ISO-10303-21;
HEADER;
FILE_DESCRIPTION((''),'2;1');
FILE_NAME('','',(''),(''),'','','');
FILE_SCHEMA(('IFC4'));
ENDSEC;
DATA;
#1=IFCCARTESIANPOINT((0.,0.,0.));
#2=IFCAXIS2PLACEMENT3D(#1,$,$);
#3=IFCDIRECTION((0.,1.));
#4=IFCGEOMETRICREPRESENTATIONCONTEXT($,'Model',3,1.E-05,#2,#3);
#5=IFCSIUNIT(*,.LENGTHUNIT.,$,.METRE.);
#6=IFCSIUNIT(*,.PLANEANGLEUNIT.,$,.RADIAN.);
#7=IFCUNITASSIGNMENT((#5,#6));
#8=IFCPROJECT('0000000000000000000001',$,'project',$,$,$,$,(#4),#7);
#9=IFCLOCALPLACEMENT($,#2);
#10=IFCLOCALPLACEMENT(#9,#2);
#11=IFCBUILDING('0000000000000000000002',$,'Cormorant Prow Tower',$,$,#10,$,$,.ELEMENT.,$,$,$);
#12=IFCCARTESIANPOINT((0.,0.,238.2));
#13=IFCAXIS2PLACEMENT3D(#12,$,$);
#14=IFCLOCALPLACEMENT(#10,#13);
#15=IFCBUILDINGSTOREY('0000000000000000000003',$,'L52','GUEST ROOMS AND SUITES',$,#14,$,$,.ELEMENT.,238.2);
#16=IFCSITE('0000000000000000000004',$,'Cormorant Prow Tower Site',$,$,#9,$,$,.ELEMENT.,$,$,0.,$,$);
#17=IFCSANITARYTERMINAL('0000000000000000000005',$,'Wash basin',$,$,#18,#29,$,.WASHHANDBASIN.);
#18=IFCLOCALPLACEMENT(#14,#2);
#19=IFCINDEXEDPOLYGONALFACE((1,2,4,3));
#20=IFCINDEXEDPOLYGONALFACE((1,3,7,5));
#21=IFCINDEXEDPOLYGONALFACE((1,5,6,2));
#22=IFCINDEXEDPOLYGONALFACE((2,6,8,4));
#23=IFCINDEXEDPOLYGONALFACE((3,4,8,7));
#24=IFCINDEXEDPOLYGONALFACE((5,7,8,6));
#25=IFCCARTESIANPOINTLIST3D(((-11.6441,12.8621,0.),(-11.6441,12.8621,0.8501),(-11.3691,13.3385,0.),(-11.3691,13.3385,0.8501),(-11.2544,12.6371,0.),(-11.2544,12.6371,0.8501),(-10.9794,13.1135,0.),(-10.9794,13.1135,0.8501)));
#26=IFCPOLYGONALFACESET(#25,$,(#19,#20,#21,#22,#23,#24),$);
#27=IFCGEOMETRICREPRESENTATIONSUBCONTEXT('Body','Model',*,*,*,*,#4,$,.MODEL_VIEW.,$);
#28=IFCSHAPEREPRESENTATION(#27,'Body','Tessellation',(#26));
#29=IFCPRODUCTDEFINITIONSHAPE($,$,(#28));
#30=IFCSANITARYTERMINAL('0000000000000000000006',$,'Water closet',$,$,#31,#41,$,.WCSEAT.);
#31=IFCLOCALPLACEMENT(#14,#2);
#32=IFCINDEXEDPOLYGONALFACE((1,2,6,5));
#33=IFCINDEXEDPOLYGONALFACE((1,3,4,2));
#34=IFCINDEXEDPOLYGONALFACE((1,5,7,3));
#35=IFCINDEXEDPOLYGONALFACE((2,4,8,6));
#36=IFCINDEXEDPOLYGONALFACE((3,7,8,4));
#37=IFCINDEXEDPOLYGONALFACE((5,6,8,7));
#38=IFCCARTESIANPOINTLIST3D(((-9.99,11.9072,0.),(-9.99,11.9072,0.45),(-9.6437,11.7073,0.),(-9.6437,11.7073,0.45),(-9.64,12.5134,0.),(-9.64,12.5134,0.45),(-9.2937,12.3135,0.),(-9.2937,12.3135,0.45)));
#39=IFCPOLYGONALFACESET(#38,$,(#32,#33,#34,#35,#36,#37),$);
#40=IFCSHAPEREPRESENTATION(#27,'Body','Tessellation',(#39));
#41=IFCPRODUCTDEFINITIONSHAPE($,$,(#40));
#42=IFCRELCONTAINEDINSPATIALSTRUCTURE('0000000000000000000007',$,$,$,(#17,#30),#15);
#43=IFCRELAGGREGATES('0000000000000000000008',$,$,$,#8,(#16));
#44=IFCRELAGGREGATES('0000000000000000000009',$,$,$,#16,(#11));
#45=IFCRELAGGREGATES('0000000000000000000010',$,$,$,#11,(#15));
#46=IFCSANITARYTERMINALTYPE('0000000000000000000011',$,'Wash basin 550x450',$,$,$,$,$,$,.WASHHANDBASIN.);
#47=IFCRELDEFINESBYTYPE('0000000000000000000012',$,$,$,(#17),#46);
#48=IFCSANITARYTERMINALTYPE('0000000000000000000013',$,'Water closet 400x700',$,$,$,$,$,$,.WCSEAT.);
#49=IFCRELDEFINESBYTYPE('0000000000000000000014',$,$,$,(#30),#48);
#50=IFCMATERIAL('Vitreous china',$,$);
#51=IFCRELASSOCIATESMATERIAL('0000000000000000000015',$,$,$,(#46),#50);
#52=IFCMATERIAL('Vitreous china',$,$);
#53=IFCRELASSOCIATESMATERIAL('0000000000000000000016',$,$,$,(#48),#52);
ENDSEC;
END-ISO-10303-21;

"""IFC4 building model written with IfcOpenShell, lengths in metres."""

from ifc_helpers import new_model, si_unit, direction, frame, origin, origin_2d, place, context, subcontext, project, spatial, rectangle, extrude, material, type_object, element, save


model = new_model("IFC4")

# Units and contexts
model_context = context("Model", 3, precision=1e-05, world=origin(), true_north=direction((0.0, 1.0)))
body_context = subcontext(model_context, "Body", "Model", "MODEL_VIEW")
ifc_project = project(units=[si_unit("LENGTHUNIT", "METRE"), si_unit("PLANEANGLEUNIT", "RADIAN")], contexts=[model_context])

# Site, building, storey
site_placement = place(None, origin())
site = spatial("IfcSite", under=ifc_project, at=site_placement, Name="Cormorant Prow Tower Site", CompositionType="ELEMENT", RefElevation=0.0)
building_placement = place(site_placement, origin())
building = spatial("IfcBuilding", under=site, at=building_placement, Name="Cormorant Prow Tower", CompositionType="ELEMENT")
storey_placement = place(building_placement, frame((0.0, 0.0, 238.2)))
storey = spatial("IfcBuildingStorey", under=building, at=storey_placement, Name="L52", Description="GUEST ROOMS AND SUITES", CompositionType="ELEMENT", Elevation=238.2)

# Sanitary terminals
ifc_material_1 = material(Name="Vitreous china")
sanitary_terminal_type_1 = type_object("IfcSanitaryTerminalType", Name="Wash basin 550x450", PredefinedType="WASHHANDBASIN", material=ifc_material_1)
sanitary_terminal_1_placement = place(storey_placement, frame((-11.3118, 12.9878, 0.0), z_axis=(0.0, 0.0, 1.0), x_axis=(0.5, 0.866025, 0.0)))
element("IfcSanitaryTerminal", 1, at=sanitary_terminal_1_placement, inside=storey, type_object=sanitary_terminal_type_1, Name="Wash basin", PredefinedType="WASHHANDBASIN", context=body_context, shape_type="SweptSolid", body=[
    extrude(rectangle(XDim=0.55, YDim=0.45, at=origin_2d()), origin(), (0.0, 0.0, 1.0), 0.8501),
])
ifc_material_2 = material(Name="Vitreous china")
sanitary_terminal_type_2 = type_object("IfcSanitaryTerminalType", Name="Water closet 400x700", PredefinedType="WCSEAT", material=ifc_material_2)
sanitary_terminal_2_placement = place(storey_placement, frame((-9.6418, 12.1104, 0.0), z_axis=(0.0, 0.0, 1.0), x_axis=(-0.866025, 0.5, 0.0)))
element("IfcSanitaryTerminal", 2, at=sanitary_terminal_2_placement, inside=storey, type_object=sanitary_terminal_type_2, Name="Water closet", PredefinedType="WCSEAT", context=body_context, shape_type="SweptSolid", body=[
    extrude(rectangle(XDim=0.3999, YDim=0.7, at=origin_2d()), origin(), (0.0, 0.0, 1.0), 0.45),
])

save(model, "model.ifc")
